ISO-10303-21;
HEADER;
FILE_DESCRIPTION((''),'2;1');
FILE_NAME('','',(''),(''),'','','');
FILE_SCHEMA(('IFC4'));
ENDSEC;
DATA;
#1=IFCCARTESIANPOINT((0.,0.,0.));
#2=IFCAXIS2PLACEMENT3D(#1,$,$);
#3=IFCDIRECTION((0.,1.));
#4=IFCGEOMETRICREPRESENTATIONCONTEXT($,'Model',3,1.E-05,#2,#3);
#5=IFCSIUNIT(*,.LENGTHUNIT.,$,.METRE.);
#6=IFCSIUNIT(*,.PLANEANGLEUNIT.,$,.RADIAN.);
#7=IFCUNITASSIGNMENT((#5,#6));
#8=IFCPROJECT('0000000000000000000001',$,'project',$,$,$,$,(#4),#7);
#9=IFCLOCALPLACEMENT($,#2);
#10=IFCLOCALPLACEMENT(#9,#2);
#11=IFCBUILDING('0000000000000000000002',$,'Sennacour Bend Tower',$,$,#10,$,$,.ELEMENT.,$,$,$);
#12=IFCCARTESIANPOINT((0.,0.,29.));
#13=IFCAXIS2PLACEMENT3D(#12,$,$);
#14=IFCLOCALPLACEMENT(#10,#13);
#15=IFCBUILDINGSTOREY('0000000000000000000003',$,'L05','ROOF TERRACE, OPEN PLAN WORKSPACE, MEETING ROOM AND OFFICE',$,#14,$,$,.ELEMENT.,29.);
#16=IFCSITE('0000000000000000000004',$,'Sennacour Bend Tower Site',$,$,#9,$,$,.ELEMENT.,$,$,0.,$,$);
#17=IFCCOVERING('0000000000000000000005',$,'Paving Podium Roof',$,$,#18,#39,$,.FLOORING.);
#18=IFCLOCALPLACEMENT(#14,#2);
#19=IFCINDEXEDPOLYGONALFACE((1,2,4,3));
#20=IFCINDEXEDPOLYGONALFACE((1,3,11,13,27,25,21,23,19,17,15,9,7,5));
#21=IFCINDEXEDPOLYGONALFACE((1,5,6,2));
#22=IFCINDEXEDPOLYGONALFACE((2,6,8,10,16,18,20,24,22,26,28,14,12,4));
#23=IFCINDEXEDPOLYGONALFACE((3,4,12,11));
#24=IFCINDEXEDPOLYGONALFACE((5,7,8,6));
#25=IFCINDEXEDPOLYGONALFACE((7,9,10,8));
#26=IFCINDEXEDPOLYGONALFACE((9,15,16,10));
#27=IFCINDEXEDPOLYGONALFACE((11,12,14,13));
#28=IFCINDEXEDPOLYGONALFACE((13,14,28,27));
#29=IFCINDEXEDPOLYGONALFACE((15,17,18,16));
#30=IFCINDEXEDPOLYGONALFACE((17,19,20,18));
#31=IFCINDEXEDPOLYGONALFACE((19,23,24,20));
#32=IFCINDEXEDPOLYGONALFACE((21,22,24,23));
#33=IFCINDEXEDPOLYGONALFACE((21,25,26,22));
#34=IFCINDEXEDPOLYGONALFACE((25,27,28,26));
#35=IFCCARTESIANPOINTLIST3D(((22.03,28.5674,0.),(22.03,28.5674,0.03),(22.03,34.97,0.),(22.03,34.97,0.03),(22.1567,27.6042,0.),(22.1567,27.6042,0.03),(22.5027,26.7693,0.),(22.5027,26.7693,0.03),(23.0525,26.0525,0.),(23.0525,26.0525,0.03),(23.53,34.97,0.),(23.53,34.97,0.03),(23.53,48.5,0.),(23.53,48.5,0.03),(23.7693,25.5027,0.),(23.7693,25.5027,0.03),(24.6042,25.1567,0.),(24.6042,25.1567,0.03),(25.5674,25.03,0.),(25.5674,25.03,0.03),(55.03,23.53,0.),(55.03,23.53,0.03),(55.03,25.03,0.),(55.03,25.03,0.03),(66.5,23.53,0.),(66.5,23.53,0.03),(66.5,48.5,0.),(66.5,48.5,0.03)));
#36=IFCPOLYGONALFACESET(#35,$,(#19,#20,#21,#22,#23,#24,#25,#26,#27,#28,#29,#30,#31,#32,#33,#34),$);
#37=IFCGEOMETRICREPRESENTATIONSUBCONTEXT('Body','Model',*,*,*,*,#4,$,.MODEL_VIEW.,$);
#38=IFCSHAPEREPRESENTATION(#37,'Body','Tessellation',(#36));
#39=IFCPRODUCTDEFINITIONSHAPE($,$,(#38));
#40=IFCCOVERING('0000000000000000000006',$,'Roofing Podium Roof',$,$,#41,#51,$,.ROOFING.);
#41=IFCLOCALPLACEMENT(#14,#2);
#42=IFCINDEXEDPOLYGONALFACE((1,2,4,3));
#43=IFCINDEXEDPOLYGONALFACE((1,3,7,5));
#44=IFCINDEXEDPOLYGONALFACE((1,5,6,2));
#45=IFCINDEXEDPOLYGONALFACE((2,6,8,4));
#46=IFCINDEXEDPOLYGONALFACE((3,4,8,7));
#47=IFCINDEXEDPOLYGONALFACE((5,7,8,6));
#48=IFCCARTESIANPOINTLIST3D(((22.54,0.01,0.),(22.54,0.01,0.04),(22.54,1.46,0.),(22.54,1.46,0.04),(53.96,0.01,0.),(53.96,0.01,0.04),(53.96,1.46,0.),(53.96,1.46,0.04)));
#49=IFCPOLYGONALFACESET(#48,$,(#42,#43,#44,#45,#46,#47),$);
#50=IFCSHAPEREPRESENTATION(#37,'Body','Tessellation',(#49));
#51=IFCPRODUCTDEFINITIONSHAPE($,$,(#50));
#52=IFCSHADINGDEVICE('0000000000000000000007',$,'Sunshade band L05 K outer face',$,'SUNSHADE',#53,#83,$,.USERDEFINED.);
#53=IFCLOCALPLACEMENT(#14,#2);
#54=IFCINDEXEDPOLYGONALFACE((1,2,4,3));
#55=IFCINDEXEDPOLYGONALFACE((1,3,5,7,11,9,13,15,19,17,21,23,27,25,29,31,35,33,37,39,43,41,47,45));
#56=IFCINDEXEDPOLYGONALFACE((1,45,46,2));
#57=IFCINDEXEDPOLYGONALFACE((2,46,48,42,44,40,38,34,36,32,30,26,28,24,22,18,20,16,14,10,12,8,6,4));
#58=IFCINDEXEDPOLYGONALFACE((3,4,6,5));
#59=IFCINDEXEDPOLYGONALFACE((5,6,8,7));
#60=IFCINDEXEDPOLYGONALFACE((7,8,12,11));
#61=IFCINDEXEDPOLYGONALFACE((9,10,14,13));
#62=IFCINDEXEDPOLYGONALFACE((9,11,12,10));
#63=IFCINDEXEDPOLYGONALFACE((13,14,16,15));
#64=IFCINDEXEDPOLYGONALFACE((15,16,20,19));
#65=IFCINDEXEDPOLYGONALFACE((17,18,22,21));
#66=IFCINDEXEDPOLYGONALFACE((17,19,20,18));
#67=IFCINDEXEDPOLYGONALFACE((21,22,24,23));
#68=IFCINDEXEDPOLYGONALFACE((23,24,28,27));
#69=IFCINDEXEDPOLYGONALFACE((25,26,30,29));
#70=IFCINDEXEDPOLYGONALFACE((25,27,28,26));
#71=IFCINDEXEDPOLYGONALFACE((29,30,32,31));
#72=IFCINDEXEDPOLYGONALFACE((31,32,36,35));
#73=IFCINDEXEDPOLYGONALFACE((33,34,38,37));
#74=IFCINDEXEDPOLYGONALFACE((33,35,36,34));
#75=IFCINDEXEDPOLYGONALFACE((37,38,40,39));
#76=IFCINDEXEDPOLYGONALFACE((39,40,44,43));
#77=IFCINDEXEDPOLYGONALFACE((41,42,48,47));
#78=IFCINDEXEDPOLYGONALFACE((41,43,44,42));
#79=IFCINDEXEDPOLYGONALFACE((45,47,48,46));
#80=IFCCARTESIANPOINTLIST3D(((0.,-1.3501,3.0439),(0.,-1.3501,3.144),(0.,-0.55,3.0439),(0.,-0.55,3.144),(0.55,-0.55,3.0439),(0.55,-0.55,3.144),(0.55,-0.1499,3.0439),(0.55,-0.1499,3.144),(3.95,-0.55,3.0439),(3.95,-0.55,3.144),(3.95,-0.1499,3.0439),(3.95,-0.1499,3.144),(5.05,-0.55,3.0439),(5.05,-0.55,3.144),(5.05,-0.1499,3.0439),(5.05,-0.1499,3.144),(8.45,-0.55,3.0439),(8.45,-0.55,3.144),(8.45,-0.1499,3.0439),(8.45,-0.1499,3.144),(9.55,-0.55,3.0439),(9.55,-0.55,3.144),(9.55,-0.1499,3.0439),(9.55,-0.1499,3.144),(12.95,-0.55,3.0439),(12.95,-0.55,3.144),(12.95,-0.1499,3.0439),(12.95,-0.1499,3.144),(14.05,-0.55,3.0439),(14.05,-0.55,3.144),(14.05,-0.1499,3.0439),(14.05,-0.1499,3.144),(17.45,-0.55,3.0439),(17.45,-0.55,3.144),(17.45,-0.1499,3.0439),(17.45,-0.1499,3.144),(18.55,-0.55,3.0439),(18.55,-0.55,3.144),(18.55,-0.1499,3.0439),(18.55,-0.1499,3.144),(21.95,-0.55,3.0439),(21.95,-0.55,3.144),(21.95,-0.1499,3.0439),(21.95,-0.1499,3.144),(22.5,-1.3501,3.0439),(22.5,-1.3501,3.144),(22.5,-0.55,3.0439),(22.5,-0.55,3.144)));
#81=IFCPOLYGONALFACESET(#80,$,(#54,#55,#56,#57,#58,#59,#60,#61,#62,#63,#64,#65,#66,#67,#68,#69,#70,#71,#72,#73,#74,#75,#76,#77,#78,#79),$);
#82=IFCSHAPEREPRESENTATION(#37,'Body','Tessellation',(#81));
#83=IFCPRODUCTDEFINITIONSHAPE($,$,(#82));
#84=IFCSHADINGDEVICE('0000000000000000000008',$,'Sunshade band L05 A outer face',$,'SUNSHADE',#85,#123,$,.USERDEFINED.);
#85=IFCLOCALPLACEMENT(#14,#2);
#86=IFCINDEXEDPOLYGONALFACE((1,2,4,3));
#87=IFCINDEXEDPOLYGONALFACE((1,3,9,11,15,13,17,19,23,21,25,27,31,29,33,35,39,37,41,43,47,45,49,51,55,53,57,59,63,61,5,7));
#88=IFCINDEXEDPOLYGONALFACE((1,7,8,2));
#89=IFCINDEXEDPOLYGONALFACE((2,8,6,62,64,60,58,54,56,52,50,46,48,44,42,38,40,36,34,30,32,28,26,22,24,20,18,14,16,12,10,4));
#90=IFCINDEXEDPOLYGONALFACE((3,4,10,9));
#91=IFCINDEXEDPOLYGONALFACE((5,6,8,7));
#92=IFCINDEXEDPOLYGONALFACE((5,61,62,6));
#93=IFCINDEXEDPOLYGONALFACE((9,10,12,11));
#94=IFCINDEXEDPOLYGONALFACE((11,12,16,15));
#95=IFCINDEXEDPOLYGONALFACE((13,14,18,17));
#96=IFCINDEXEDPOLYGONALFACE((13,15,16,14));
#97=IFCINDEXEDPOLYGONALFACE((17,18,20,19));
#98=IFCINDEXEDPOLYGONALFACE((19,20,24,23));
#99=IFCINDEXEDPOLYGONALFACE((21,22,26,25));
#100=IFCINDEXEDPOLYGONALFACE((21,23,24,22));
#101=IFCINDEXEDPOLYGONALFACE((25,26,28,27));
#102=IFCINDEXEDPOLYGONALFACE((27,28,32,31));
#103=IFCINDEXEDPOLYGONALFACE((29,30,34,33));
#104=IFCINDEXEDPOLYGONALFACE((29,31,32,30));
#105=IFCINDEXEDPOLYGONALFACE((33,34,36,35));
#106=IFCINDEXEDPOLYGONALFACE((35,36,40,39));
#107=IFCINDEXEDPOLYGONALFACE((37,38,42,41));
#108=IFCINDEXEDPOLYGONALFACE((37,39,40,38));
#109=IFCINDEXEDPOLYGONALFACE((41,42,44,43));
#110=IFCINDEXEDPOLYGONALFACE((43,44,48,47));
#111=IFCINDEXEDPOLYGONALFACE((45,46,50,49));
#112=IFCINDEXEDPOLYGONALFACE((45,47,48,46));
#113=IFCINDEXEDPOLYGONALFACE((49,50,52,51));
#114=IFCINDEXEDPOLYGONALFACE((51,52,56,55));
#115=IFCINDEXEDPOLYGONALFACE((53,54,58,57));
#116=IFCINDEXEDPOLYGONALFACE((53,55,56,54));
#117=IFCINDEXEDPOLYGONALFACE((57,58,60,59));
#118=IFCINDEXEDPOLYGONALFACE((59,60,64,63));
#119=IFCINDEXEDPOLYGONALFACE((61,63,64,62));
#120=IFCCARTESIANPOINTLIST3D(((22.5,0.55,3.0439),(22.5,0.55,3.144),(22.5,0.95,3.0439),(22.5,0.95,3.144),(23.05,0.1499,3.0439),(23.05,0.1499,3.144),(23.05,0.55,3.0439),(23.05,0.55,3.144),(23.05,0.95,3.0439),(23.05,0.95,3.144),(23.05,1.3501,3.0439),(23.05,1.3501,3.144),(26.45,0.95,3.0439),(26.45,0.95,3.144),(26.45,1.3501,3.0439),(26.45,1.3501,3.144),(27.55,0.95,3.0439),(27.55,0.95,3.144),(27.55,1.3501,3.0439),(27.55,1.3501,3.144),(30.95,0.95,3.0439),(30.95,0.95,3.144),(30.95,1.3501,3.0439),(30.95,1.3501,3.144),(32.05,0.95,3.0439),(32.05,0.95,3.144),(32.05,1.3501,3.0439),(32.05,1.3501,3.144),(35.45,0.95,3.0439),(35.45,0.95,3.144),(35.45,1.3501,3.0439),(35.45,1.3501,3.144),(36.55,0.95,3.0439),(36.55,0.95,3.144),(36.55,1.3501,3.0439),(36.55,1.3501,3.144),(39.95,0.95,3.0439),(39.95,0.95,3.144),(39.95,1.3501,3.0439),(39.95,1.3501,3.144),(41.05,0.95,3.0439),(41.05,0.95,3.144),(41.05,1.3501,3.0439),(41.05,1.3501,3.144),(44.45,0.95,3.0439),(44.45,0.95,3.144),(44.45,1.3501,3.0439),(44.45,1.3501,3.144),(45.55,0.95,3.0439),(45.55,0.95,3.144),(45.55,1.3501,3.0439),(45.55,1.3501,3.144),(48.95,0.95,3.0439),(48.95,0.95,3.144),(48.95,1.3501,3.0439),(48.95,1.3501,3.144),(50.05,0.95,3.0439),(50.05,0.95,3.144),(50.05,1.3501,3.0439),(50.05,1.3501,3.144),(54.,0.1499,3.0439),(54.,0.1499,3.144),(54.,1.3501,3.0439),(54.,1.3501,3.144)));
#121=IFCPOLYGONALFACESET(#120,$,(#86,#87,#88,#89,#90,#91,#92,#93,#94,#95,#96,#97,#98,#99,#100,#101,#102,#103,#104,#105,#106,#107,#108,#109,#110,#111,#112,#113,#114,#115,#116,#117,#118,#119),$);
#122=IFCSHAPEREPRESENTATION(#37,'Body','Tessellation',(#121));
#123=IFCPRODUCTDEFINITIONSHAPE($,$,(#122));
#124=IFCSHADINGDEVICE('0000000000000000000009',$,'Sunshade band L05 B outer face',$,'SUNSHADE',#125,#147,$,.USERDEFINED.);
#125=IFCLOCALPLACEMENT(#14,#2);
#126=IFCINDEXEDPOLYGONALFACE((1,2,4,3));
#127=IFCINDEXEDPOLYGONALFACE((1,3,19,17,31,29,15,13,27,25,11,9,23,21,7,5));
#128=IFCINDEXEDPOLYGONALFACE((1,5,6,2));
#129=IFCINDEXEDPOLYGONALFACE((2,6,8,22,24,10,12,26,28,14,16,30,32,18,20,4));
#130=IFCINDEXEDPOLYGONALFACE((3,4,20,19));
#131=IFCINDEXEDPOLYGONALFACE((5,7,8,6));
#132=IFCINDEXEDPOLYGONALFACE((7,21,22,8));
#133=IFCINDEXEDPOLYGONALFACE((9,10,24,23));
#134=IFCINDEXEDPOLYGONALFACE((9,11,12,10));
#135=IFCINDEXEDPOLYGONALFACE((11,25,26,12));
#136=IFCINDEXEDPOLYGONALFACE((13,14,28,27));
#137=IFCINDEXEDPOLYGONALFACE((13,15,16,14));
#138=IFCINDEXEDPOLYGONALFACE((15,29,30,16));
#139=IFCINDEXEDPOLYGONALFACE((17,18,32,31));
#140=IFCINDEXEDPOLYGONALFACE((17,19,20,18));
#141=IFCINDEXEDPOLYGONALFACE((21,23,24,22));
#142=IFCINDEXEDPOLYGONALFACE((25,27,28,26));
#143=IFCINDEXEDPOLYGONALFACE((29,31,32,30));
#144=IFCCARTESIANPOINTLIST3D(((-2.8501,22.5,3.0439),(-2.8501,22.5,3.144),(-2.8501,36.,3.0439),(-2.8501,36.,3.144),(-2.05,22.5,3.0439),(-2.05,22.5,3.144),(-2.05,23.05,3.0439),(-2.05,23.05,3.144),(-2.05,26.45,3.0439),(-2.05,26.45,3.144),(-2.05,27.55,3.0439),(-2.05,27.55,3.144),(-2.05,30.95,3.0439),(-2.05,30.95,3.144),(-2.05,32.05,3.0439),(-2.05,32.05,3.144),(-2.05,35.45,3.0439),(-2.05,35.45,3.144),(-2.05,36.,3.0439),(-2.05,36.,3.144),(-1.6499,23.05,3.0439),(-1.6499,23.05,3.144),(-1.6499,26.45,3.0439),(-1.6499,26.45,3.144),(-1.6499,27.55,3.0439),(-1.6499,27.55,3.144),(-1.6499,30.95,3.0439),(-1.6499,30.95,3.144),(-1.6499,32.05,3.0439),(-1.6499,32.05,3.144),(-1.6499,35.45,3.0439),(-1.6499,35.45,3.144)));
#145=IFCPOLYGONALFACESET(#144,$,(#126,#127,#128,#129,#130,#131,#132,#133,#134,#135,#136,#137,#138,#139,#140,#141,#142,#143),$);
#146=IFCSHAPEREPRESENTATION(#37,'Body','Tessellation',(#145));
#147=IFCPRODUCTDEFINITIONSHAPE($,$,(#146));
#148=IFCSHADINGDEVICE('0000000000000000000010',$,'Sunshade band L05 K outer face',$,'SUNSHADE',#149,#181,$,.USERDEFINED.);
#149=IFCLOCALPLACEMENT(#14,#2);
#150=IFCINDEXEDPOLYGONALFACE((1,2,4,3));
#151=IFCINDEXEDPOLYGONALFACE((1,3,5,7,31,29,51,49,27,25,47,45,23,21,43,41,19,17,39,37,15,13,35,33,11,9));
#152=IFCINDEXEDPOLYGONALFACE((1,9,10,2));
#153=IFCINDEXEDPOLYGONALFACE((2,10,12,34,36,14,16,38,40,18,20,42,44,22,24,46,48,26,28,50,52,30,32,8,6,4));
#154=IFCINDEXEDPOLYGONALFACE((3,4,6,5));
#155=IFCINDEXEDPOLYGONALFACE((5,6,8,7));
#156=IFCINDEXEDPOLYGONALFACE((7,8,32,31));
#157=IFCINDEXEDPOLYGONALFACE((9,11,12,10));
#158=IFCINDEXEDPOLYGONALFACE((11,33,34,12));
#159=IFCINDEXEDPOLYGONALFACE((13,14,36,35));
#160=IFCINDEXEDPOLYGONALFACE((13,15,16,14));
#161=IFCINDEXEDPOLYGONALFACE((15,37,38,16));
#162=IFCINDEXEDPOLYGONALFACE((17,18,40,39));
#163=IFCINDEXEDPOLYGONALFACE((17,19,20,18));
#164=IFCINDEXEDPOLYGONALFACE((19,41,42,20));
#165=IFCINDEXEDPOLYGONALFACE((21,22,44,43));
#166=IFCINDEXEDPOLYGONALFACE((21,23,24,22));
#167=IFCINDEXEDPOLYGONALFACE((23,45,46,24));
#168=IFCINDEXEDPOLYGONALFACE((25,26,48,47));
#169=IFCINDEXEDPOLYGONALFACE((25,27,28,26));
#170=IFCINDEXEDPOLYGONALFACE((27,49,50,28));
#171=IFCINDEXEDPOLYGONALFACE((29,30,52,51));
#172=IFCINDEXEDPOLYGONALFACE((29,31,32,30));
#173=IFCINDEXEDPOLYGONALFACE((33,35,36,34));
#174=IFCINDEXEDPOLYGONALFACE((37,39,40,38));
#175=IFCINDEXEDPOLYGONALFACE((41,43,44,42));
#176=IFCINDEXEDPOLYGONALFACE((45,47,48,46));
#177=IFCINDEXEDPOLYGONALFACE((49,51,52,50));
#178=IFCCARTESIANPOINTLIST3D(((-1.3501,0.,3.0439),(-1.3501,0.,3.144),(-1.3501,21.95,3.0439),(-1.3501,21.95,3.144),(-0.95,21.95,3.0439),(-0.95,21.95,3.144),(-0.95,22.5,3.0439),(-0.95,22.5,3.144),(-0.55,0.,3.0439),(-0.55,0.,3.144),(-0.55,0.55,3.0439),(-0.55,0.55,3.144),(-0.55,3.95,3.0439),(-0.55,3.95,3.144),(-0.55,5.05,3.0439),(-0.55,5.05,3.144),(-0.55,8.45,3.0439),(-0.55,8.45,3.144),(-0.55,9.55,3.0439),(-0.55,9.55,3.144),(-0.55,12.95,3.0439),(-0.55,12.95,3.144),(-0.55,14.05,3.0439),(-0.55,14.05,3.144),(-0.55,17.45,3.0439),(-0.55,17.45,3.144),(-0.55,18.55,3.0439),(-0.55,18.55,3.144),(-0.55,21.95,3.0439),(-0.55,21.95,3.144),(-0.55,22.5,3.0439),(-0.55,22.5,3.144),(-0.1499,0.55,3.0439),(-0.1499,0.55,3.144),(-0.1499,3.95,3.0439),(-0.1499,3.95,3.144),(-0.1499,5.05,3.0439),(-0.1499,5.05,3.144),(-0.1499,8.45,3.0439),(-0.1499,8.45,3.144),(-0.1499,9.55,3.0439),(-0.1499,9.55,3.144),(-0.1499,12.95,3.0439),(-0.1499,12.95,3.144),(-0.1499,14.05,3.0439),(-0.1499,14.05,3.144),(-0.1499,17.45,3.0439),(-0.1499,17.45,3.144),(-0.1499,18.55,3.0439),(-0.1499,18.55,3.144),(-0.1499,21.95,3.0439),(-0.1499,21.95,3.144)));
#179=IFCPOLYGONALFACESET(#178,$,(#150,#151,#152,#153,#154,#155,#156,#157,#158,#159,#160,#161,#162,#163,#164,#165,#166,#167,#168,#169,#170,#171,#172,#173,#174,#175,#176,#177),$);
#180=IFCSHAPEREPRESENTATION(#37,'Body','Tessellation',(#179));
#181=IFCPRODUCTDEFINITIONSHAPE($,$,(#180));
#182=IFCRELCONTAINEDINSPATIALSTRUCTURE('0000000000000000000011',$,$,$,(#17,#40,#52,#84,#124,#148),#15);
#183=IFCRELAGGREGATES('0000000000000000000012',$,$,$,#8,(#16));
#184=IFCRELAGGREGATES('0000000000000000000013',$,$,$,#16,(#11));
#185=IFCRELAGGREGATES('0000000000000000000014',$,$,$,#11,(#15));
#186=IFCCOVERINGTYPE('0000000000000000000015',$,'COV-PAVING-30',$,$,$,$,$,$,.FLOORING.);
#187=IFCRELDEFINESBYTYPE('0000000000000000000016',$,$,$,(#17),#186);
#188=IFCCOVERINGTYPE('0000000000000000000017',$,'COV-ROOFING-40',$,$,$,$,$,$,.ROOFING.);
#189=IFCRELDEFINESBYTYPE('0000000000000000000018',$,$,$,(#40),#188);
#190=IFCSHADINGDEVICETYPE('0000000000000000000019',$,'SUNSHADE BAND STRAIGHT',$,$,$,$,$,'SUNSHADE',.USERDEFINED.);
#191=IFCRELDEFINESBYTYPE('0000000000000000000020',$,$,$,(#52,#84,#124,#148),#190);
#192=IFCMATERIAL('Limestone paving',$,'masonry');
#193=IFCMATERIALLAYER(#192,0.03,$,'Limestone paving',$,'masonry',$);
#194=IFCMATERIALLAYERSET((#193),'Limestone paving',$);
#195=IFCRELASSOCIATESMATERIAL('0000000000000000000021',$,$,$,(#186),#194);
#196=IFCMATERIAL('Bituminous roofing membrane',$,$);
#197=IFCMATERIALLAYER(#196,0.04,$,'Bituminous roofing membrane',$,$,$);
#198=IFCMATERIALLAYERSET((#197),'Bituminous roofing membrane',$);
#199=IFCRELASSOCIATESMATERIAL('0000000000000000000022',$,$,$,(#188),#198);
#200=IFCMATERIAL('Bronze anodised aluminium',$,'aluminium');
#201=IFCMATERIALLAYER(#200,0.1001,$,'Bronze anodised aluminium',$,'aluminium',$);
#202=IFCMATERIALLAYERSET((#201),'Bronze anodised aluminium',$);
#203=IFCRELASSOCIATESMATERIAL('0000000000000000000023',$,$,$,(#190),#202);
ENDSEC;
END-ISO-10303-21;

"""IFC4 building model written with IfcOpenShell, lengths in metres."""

from ifc_helpers import new_model, si_unit, direction, frame, origin, place, context, subcontext, project, spatial, polyline, outline, extrude, material, layer, layer_set, type_object, element, save


model = new_model("IFC4")

# Units and contexts
model_context = context("Model", 3, precision=1e-05, world=origin(), true_north=direction((0.0, 1.0)))
body_context = subcontext(model_context, "Body", "Model", "MODEL_VIEW")
ifc_project = project(units=[si_unit("LENGTHUNIT", "METRE"), si_unit("PLANEANGLEUNIT", "RADIAN")], contexts=[model_context])

# Site, building, storey
site_placement = place(None, origin())
site = spatial("IfcSite", under=ifc_project, at=site_placement, Name="Sennacour Bend Tower Site", CompositionType="ELEMENT", RefElevation=0.0)
building_placement = place(site_placement, origin())
building = spatial("IfcBuilding", under=site, at=building_placement, Name="Sennacour Bend Tower", CompositionType="ELEMENT")
storey_placement = place(building_placement, frame((0.0, 0.0, 29.0)))
storey = spatial("IfcBuildingStorey", under=building, at=storey_placement, Name="L05", Description="ROOF TERRACE, OPEN PLAN WORKSPACE, MEETING ROOM AND OFFICE", CompositionType="ELEMENT", Elevation=29.0)

# Coverings
ifc_material_1 = material(Name="Limestone paving", Category="masonry")
ifc_layer_1 = layer(ifc_material_1, 0.03, Name="Limestone paving", Category="masonry")
ifc_layer_set_1 = layer_set([ifc_layer_1], Name="Limestone paving")
covering_type_1 = type_object("IfcCoveringType", Name="COV-PAVING-30", PredefinedType="FLOORING", material=ifc_layer_set_1)
covering_1_placement = place(storey_placement, origin())
element("IfcCovering", 1, at=covering_1_placement, inside=storey, type_object=covering_type_1, Name="Paving Podium Roof", PredefinedType="FLOORING", context=body_context, shape_type="SweptSolid", body=[
    extrude(outline(polyline([(66.5, 48.5), (66.5, 23.53), (55.03, 23.53), (55.03, 25.03), (25.5674, 25.03), (24.6042, 25.1567), (23.7693, 25.5027), (23.0525, 26.0525), (22.5027, 26.7693), (22.1567, 27.6042), (22.03, 28.5674), (22.03, 34.97), (23.53, 34.97), (23.53, 48.5), (66.5, 48.5)])), origin(), (0.0, 0.0, 1.0), 0.03),
])
ifc_material_2 = material(Name="Bituminous roofing membrane")
ifc_layer_2 = layer(ifc_material_2, 0.04, Name="Bituminous roofing membrane")
ifc_layer_set_2 = layer_set([ifc_layer_2], Name="Bituminous roofing membrane")
covering_type_2 = type_object("IfcCoveringType", Name="COV-ROOFING-40", PredefinedType="ROOFING", material=ifc_layer_set_2)
covering_2_placement = place(storey_placement, origin())
element("IfcCovering", 2, at=covering_2_placement, inside=storey, type_object=covering_type_2, Name="Roofing Podium Roof", PredefinedType="ROOFING", context=body_context, shape_type="SweptSolid", body=[
    extrude(outline(polyline([(22.54, 0.01), (22.54, 1.46), (53.96, 1.46), (53.96, 0.01), (22.54, 0.01)])), origin(), (0.0, 0.0, 1.0), 0.04),
])

# Shading devices
ifc_material_3 = material(Name="Bronze anodised aluminium", Category="aluminium")
ifc_layer_3 = layer(ifc_material_3, 0.1001, Name="Bronze anodised aluminium", Category="aluminium")
ifc_layer_set_3 = layer_set([ifc_layer_3], Name="Bronze anodised aluminium")
shading_device_type_1 = type_object("IfcShadingDeviceType", Name="SUNSHADE BAND STRAIGHT", ElementType="SUNSHADE", PredefinedType="USERDEFINED", material=ifc_layer_set_3)
shading_device_1_placement = place(storey_placement, frame((0.0, 0.0, 3.0439)))
element("IfcShadingDevice", 3, at=shading_device_1_placement, inside=storey, type_object=shading_device_type_1, Name="Sunshade band L05 K outer face", ObjectType="SUNSHADE", PredefinedType="USERDEFINED", context=body_context, shape_type="SweptSolid", body=[
    extrude(outline(polyline([(3.95, -0.1499), (3.95, -0.55), (5.05, -0.55), (5.05, -0.1499), (8.45, -0.1499), (8.45, -0.55), (9.55, -0.55), (9.55, -0.1499), (12.95, -0.1499), (12.95, -0.55), (14.05, -0.55), (14.05, -0.1499), (17.45, -0.1499), (17.45, -0.55), (18.55, -0.55), (18.55, -0.1499), (21.95, -0.1499), (21.95, -0.55), (22.5, -0.55), (22.5, -1.3501), (0.0, -1.3501), (0.0, -0.55), (0.55, -0.55), (0.55, -0.1499), (3.95, -0.1499)])), origin(), (0.0, 0.0, 1.0), 0.1001),
])
shading_device_2_placement = place(storey_placement, frame((0.0, 0.0, 3.0439)))
element("IfcShadingDevice", 4, at=shading_device_2_placement, inside=storey, type_object=shading_device_type_1, Name="Sunshade band L05 A outer face", ObjectType="SUNSHADE", PredefinedType="USERDEFINED", context=body_context, shape_type="SweptSolid", body=[
    extrude(outline(polyline([(26.45, 1.3501), (26.45, 0.95), (27.55, 0.95), (27.55, 1.3501), (30.95, 1.3501), (30.95, 0.95), (32.05, 0.95), (32.05, 1.3501), (35.45, 1.3501), (35.45, 0.95), (36.55, 0.95), (36.55, 1.3501), (39.95, 1.3501), (39.95, 0.95), (41.05, 0.95), (41.05, 1.3501), (44.45, 1.3501), (44.45, 0.95), (45.55, 0.95), (45.55, 1.3501), (48.95, 1.3501), (48.95, 0.95), (50.05, 0.95), (50.05, 1.3501), (54.0, 1.3501), (54.0, 0.1499), (23.05, 0.1499), (23.05, 0.55), (22.5, 0.55), (22.5, 0.95), (23.05, 0.95), (23.05, 1.3501), (26.45, 1.3501)])), origin(), (0.0, 0.0, 1.0), 0.1001),
])
shading_device_3_placement = place(storey_placement, frame((0.0, 0.0, 3.0439)))
element("IfcShadingDevice", 5, at=shading_device_3_placement, inside=storey, type_object=shading_device_type_1, Name="Sunshade band L05 B outer face", ObjectType="SUNSHADE", PredefinedType="USERDEFINED", context=body_context, shape_type="SweptSolid", body=[
    extrude(outline(polyline([(-1.6499, 32.05), (-2.05, 32.05), (-2.05, 30.95), (-1.6499, 30.95), (-1.6499, 27.55), (-2.05, 27.55), (-2.05, 26.45), (-1.6499, 26.45), (-1.6499, 23.05), (-2.05, 23.05), (-2.05, 22.5), (-2.8501, 22.5), (-2.8501, 36.0), (-2.05, 36.0), (-2.05, 35.45), (-1.6499, 35.45), (-1.6499, 32.05)])), origin(), (0.0, 0.0, 1.0), 0.1001),
])
shading_device_4_placement = place(storey_placement, frame((0.0, 0.0, 3.0439)))
element("IfcShadingDevice", 6, at=shading_device_4_placement, inside=storey, type_object=shading_device_type_1, Name="Sunshade band L05 K outer face", ObjectType="SUNSHADE", PredefinedType="USERDEFINED", context=body_context, shape_type="SweptSolid", body=[
    extrude(outline(polyline([(-0.1499, 18.55), (-0.55, 18.55), (-0.55, 17.45), (-0.1499, 17.45), (-0.1499, 14.05), (-0.55, 14.05), (-0.55, 12.95), (-0.1499, 12.95), (-0.1499, 9.55), (-0.55, 9.55), (-0.55, 8.45), (-0.1499, 8.45), (-0.1499, 5.05), (-0.55, 5.05), (-0.55, 3.95), (-0.1499, 3.95), (-0.1499, 0.55), (-0.55, 0.55), (-0.55, 0.0), (-1.3501, 0.0), (-1.3501, 21.95), (-0.95, 21.95), (-0.95, 22.5), (-0.55, 22.5), (-0.55, 21.95), (-0.1499, 21.95), (-0.1499, 18.55)])), origin(), (0.0, 0.0, 1.0), 0.1001),
])

save(model, "model.ifc")
